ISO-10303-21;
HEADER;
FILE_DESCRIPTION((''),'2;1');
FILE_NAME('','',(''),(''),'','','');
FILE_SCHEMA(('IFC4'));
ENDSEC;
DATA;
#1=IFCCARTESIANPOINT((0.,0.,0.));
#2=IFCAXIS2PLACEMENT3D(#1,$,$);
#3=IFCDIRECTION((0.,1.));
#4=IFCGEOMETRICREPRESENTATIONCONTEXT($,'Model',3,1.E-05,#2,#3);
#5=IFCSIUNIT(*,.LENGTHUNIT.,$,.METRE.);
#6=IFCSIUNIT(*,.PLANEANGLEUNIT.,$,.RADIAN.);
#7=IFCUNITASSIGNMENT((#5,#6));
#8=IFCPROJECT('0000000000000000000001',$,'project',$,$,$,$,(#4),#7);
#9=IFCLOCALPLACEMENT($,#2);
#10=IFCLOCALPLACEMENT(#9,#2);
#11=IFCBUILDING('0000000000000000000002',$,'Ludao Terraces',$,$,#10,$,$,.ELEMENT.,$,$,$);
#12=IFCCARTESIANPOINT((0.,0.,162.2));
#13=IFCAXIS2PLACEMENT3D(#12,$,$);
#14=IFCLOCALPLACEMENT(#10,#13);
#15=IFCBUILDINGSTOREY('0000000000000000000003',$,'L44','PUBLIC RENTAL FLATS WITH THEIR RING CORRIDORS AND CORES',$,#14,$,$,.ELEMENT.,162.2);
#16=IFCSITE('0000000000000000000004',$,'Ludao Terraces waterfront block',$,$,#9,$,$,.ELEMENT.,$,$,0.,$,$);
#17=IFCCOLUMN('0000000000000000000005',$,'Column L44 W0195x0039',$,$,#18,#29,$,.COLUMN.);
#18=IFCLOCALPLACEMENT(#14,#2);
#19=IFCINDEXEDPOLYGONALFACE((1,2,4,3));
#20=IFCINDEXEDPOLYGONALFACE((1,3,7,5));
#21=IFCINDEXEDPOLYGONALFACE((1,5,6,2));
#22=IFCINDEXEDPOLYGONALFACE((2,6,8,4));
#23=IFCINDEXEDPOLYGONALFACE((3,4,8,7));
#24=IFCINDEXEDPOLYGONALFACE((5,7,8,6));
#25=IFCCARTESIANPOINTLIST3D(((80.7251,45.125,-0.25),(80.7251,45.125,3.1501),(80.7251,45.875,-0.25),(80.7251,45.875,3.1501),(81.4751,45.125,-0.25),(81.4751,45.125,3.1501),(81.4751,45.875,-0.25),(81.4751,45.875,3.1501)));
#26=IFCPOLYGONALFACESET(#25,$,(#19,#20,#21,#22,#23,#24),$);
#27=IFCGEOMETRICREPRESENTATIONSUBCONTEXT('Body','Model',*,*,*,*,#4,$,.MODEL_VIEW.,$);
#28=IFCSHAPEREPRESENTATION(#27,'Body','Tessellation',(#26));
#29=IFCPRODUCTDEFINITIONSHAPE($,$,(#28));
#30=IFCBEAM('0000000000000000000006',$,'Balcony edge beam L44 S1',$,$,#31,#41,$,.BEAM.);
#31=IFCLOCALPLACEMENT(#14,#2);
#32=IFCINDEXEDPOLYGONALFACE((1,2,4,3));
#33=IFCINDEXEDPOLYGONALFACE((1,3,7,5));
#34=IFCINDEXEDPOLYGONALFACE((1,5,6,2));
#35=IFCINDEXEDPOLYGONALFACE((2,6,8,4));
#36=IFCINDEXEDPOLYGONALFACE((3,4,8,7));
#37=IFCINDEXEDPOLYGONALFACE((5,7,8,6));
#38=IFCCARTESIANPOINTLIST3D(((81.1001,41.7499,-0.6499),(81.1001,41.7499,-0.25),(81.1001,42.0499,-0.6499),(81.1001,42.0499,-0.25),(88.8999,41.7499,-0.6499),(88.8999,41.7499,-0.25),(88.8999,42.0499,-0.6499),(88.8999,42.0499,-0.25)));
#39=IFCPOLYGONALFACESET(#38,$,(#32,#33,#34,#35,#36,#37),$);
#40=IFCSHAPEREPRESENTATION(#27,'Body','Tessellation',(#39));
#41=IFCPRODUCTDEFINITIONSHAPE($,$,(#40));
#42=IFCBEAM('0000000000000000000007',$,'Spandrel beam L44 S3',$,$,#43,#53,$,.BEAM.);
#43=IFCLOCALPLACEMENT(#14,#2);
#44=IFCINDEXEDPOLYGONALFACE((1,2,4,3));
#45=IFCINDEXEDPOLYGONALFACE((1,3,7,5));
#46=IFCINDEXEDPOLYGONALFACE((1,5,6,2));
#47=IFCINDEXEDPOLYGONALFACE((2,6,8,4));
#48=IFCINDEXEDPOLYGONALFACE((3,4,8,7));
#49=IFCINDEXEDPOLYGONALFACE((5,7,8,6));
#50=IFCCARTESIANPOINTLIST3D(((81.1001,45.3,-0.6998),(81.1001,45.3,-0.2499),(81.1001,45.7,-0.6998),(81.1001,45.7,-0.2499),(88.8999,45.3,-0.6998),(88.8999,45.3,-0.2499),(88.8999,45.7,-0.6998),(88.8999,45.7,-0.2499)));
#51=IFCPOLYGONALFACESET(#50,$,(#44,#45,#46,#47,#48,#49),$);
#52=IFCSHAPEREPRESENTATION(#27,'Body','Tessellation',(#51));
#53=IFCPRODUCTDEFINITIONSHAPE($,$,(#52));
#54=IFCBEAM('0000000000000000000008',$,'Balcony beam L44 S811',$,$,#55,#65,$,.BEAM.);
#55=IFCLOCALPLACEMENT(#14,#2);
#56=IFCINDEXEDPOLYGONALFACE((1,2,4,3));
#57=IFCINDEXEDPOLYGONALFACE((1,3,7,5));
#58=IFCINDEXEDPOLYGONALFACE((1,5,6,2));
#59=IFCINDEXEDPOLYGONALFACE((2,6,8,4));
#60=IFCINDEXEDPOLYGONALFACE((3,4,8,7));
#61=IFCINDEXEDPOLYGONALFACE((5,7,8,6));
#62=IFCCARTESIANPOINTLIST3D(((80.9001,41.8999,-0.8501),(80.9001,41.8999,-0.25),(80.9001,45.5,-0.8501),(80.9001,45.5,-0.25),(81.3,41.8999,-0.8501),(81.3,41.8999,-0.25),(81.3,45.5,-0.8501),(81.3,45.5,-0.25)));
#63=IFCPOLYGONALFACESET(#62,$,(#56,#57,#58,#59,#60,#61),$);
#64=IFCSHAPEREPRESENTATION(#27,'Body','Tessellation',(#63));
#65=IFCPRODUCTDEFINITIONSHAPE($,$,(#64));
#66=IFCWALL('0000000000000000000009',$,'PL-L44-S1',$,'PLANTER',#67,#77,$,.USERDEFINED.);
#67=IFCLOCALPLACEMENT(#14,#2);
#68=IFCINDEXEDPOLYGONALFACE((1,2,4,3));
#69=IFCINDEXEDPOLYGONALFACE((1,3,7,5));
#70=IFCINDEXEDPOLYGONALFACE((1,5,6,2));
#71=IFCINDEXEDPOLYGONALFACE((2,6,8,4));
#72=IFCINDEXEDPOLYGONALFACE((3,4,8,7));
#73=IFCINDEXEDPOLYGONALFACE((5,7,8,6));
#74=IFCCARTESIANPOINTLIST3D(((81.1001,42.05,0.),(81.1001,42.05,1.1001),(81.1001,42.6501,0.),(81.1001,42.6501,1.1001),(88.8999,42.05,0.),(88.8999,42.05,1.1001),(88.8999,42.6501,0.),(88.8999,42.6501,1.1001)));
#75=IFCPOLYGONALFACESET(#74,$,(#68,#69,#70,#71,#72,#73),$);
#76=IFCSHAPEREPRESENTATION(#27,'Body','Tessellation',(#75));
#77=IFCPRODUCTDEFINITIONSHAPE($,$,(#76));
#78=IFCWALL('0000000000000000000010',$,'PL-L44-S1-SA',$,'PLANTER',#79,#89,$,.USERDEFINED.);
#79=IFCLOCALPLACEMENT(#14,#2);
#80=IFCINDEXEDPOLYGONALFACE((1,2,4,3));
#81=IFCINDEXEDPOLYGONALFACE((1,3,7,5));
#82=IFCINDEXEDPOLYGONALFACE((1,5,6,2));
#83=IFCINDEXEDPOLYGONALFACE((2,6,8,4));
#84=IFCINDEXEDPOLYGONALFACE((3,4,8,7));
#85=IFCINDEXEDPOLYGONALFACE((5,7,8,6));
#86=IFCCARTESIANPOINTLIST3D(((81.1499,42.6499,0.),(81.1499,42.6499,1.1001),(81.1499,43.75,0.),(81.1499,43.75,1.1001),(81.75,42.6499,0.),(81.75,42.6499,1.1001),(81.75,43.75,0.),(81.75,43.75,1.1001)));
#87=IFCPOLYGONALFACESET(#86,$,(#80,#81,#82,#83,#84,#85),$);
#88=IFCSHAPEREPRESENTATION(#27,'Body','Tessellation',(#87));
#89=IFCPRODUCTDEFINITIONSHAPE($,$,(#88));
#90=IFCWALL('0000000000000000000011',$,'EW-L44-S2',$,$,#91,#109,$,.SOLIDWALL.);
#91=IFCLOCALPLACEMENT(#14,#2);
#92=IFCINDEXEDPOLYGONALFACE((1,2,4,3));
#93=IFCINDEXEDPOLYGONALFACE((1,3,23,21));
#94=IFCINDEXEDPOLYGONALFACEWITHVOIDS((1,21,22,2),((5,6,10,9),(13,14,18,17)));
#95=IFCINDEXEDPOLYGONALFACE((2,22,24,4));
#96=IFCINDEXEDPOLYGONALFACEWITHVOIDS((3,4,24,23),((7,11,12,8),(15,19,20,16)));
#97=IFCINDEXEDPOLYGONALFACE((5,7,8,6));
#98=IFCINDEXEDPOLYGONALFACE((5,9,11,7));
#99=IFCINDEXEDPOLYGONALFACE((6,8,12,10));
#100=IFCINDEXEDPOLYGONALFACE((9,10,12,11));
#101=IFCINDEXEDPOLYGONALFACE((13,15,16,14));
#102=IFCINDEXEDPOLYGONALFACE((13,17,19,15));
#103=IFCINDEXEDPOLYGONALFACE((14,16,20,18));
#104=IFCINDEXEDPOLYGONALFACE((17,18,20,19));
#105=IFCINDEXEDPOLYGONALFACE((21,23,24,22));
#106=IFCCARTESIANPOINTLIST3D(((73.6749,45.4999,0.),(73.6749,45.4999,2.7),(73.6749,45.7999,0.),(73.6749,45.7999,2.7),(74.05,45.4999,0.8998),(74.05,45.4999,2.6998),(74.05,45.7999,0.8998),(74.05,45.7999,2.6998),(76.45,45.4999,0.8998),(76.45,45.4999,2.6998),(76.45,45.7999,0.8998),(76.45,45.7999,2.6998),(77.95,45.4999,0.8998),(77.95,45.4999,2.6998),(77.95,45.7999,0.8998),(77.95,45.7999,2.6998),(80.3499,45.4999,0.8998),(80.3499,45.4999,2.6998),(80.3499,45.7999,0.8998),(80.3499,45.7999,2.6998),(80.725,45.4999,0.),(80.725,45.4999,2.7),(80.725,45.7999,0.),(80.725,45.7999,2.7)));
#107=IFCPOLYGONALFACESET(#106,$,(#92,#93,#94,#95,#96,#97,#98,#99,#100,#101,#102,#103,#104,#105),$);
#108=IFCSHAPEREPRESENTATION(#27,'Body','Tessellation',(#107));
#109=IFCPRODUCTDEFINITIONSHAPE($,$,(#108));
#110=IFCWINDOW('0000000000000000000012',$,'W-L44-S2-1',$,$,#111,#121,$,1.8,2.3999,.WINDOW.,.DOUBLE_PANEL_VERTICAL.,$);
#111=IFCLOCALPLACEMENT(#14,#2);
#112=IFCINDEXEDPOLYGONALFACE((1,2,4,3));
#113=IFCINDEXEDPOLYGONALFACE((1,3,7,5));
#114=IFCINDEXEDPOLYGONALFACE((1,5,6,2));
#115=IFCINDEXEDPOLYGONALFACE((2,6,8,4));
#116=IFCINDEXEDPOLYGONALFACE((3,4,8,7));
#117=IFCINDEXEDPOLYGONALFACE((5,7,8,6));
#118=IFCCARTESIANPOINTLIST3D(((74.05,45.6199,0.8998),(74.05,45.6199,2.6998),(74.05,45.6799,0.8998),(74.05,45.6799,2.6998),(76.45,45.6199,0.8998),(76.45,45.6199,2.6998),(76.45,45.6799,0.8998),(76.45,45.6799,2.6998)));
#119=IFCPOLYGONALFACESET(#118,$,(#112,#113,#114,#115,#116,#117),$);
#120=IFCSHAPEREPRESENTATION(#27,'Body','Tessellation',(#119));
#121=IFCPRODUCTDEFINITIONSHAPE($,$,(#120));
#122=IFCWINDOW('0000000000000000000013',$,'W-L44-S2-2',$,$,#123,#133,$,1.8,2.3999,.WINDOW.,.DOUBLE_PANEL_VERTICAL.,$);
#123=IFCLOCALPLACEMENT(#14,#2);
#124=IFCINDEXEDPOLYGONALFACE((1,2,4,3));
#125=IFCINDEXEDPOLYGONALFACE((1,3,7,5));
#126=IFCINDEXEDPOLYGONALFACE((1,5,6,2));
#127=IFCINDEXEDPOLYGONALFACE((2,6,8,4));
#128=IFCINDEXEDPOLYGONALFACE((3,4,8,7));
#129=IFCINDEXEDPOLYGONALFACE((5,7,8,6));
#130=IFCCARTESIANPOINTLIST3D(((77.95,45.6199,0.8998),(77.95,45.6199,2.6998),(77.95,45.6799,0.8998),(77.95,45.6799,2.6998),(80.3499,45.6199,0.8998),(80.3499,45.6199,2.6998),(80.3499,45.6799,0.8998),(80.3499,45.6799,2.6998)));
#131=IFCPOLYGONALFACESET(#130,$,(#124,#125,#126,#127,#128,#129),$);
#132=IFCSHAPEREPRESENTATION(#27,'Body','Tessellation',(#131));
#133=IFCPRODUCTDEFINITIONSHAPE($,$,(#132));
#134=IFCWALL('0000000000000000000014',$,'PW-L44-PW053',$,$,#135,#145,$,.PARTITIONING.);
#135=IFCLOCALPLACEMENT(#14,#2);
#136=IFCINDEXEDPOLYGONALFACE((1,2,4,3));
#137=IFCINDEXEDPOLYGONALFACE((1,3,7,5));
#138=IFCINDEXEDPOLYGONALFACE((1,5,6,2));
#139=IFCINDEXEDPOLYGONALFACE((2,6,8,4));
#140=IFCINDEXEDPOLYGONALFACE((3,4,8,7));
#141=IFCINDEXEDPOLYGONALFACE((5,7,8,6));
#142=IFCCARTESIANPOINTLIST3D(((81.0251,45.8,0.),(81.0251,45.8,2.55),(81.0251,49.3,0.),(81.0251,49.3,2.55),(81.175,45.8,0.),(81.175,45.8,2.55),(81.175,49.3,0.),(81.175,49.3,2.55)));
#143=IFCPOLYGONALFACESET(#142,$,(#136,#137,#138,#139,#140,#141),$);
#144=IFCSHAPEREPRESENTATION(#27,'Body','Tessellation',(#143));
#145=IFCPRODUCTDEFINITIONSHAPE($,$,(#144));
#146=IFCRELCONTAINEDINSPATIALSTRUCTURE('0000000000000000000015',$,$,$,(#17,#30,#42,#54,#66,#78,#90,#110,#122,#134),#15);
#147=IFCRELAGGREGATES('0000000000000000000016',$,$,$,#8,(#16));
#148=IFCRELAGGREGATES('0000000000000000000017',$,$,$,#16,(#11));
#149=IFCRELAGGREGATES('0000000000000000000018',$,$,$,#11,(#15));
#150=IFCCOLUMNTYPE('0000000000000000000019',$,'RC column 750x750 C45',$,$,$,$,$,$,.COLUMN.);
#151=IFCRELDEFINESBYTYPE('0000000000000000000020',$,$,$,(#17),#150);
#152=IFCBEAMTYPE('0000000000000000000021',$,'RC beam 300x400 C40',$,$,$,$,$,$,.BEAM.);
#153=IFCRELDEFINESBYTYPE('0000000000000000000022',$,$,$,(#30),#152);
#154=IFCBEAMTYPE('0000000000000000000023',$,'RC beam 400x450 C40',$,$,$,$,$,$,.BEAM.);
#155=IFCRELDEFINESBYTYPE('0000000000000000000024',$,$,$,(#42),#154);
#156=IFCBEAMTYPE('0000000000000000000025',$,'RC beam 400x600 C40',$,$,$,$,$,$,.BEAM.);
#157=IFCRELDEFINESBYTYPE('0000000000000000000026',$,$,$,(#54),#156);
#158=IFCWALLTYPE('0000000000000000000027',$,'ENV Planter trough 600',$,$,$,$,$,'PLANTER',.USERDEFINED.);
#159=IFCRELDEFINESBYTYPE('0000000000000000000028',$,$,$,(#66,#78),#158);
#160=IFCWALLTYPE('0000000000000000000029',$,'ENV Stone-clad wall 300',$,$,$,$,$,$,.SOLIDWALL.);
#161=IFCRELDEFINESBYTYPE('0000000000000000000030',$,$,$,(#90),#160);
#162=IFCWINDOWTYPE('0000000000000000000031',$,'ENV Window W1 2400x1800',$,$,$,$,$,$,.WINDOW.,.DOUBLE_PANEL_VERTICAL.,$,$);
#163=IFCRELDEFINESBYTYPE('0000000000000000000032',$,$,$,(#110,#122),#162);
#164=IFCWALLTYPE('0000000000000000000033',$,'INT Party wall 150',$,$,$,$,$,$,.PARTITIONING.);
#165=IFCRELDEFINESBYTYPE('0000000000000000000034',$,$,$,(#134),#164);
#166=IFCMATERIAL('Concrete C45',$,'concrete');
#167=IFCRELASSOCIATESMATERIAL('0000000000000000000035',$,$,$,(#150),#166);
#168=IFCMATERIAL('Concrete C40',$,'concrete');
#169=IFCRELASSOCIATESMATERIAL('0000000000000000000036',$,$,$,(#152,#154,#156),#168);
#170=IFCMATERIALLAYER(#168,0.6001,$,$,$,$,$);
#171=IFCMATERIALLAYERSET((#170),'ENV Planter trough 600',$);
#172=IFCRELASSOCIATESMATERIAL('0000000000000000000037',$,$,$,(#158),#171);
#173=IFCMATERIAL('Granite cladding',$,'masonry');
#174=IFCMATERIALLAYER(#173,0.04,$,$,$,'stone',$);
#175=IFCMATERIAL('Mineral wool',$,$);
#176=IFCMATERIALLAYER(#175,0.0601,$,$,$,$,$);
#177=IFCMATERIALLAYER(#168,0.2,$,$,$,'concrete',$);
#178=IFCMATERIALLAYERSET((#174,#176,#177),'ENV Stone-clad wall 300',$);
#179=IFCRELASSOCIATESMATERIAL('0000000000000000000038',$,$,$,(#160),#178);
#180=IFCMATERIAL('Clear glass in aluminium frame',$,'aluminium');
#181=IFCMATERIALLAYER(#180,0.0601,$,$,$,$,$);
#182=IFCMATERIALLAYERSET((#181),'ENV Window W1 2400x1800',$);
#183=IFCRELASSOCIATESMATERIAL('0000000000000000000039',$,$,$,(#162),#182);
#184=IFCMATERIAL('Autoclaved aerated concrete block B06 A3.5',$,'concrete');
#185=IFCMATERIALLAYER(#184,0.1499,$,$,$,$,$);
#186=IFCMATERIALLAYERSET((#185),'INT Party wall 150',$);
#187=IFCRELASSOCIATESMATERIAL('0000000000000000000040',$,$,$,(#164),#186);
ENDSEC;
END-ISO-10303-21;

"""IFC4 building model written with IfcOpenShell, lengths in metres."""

from ifc_helpers import new_model, si_unit, direction, frame, frame_2d, origin, origin_2d, place, context, subcontext, project, spatial, rectangle, extrude, material, layer, layer_set, material_profile, profile_set, type_object, element, fill, save


model = new_model("IFC4")

# Units and contexts
model_context = context("Model", 3, precision=1e-05, world=origin(), true_north=direction((0.0, 1.0)))
body_context = subcontext(model_context, "Body", "Model", "MODEL_VIEW")
ifc_project = project(units=[si_unit("LENGTHUNIT", "METRE"), si_unit("PLANEANGLEUNIT", "RADIAN")], contexts=[model_context])

# Site, building, storey
site_placement = place(None, origin())
site = spatial("IfcSite", under=ifc_project, at=site_placement, Name="Ludao Terraces waterfront block", CompositionType="ELEMENT", RefElevation=0.0)
building_placement = place(site_placement, origin())
building = spatial("IfcBuilding", under=site, at=building_placement, Name="Ludao Terraces", CompositionType="ELEMENT")
storey_placement = place(building_placement, frame((0.0, 0.0, 162.2)))
storey = spatial("IfcBuildingStorey", under=building, at=storey_placement, Name="L44", Description="PUBLIC RENTAL FLATS WITH THEIR RING CORRIDORS AND CORES", CompositionType="ELEMENT", Elevation=162.2)

# Column
ifc_material_1 = material(Name="Concrete C45", Category="concrete")
ifc_material_profile_1 = material_profile(ifc_material_1, rectangle(XDim=0.75, YDim=0.75, at=origin_2d()), Name="750 X 750")
ifc_profile_set_1 = profile_set([ifc_material_profile_1], Name="Concrete C45")
column_type = type_object("IfcColumnType", Name="RC column 750x750 C45", PredefinedType="COLUMN", material=ifc_profile_set_1)
column_placement = place(storey_placement, frame((81.1001, 45.5, -0.25), z_axis=(0.0, 0.0, 1.0), x_axis=(1.0, 0.0, 0.0)))
element("IfcColumn", 1, at=column_placement, inside=storey, type_object=column_type, Name="Column L44 W0195x0039", PredefinedType="COLUMN", context=body_context, shape_type="SweptSolid", body=[
    extrude(rectangle(XDim=0.75, YDim=0.75, at=origin_2d()), origin(), (0.0, 0.0, 1.0), 3.4001),
])

# Beams
ifc_material_2 = material(Name="Concrete C40", Category="concrete")
ifc_material_profile_2 = material_profile(ifc_material_2, rectangle(XDim=0.3, YDim=0.3999, at=origin_2d()), Name="300 X 400")
ifc_profile_set_2 = profile_set([ifc_material_profile_2], Name="Concrete C40")
beam_type_1 = type_object("IfcBeamType", Name="RC beam 300x400 C40", PredefinedType="BEAM", material=ifc_profile_set_2)
beam_1_placement = place(storey_placement, frame((81.1001, 41.8999, -0.45), z_axis=(1.0, 0.0, 0.0), x_axis=(0.0, 1.0, 0.0)))
element("IfcBeam", 2, at=beam_1_placement, inside=storey, type_object=beam_type_1, Name="Balcony edge beam L44 S1", PredefinedType="BEAM", context=body_context, shape_type="SweptSolid", body=[
    extrude(rectangle(XDim=0.3, YDim=0.3999, at=origin_2d()), origin(), (0.0, 0.0, 1.0), 7.7998),
])
ifc_material_profile_3 = material_profile(ifc_material_2, rectangle(XDim=0.3999, YDim=0.45, at=origin_2d()), Name="400 X 450")
ifc_profile_set_3 = profile_set([ifc_material_profile_3], Name="Concrete C40")
beam_type_2 = type_object("IfcBeamType", Name="RC beam 400x450 C40", PredefinedType="BEAM", material=ifc_profile_set_3)
beam_2_placement = place(storey_placement, frame((81.1001, 45.5, -0.4749), z_axis=(1.0, 0.0, 0.0), x_axis=(0.0, 1.0, 0.0)))
element("IfcBeam", 3, at=beam_2_placement, inside=storey, type_object=beam_type_2, Name="Spandrel beam L44 S3", PredefinedType="BEAM", context=body_context, shape_type="SweptSolid", body=[
    extrude(rectangle(XDim=0.3999, YDim=0.45, at=origin_2d()), origin(), (0.0, 0.0, 1.0), 7.7998),
])
ifc_material_profile_4 = material_profile(ifc_material_2, rectangle(XDim=0.3999, YDim=0.6001, at=origin_2d()), Name="400 X 600")
ifc_profile_set_4 = profile_set([ifc_material_profile_4], Name="Concrete C40")
beam_type_3 = type_object("IfcBeamType", Name="RC beam 400x600 C40", PredefinedType="BEAM", material=ifc_profile_set_4)
beam_3_placement = place(storey_placement, frame((81.1001, 45.5, -0.55), z_axis=(0.0, -1.0, 0.0), x_axis=(1.0, 0.0, 0.0)))
element("IfcBeam", 4, at=beam_3_placement, inside=storey, type_object=beam_type_3, Name="Balcony beam L44 S811", PredefinedType="BEAM", context=body_context, shape_type="SweptSolid", body=[
    extrude(rectangle(XDim=0.3999, YDim=0.6001, at=origin_2d()), origin(), (0.0, 0.0, 1.0), 3.6001),
])

# Walls
ifc_layer_1 = layer(ifc_material_2, 0.6001)
ifc_layer_set_1 = layer_set([ifc_layer_1], Name="ENV Planter trough 600")
wall_type_1 = type_object("IfcWallType", Name="ENV Planter trough 600", ElementType="PLANTER", PredefinedType="USERDEFINED", material=ifc_layer_set_1)
wall_1_placement = place(storey_placement, frame((81.1001, 42.3501, 0.0), z_axis=(0.0, 0.0, 1.0), x_axis=(1.0, 0.0, 0.0)))
element("IfcWall", 5, at=wall_1_placement, inside=storey, type_object=wall_type_1, Name="PL-L44-S1", ObjectType="PLANTER", PredefinedType="USERDEFINED", context=body_context, shape_type="SweptSolid", body=[
    extrude(rectangle(XDim=7.7998, YDim=0.6001, at=frame_2d((3.8999, 0.0))), origin(), (0.0, 0.0, 1.0), 1.1001),
])
wall_2_placement = place(storey_placement, frame((81.45, 42.6499, 0.0), z_axis=(0.0, 0.0, 1.0), x_axis=(0.0, 1.0, 0.0)))
element("IfcWall", 6, at=wall_2_placement, inside=storey, type_object=wall_type_1, Name="PL-L44-S1-SA", ObjectType="PLANTER", PredefinedType="USERDEFINED", context=body_context, shape_type="SweptSolid", body=[
    extrude(rectangle(XDim=1.1001, YDim=0.6001, at=frame_2d((0.55, 0.0))), origin(), (0.0, 0.0, 1.0), 1.1001),
])

# Wall, openings, windows
ifc_material_3 = material(Name="Granite cladding", Category="masonry")
ifc_layer_2 = layer(ifc_material_3, 0.04, Category="stone")
ifc_material_4 = material(Name="Mineral wool")
ifc_layer_3 = layer(ifc_material_4, 0.0601)
ifc_layer_4 = layer(ifc_material_2, 0.2, Category="concrete")
ifc_layer_set_2 = layer_set([ifc_layer_2, ifc_layer_3, ifc_layer_4], Name="ENV Stone-clad wall 300")
wall_type_2 = type_object("IfcWallType", Name="ENV Stone-clad wall 300", PredefinedType="SOLIDWALL", material=ifc_layer_set_2)
wall_3_placement = place(storey_placement, frame((73.675, 45.6499, 0.0), z_axis=(0.0, 0.0, 1.0), x_axis=(1.0, 0.0, 0.0)))
wall_3 = element("IfcWall", 7, at=wall_3_placement, inside=storey, type_object=wall_type_2, Name="EW-L44-S2", PredefinedType="SOLIDWALL", context=body_context, shape_type="SweptSolid", body=[
    extrude(rectangle(XDim=7.05, YDim=0.3, at=frame_2d((3.5249, 0.0))), origin(), (0.0, 0.0, 1.0), 2.7),
])
opening_1_placement = place(wall_3_placement, frame((0.375, 0.0, 0.8999)))
opening_1 = element("IfcOpeningElement", 8, at=opening_1_placement, cuts=wall_3, PredefinedType="OPENING", context=body_context, shape_type="SweptSolid", body=[
    extrude(rectangle(XDim=2.3999, YDim=1.8, at=frame_2d((1.2, 0.8999))), frame((0.0, 0.1602, 0.0), z_axis=(0.0, -1.0, 0.0), x_axis=(1.0, 0.0, 0.0)), (0.0, 0.0, 1.0), 0.3201),
])
opening_2_placement = place(wall_3_placement, frame((4.2749, 0.0, 0.8999)))
opening_2 = element("IfcOpeningElement", 9, at=opening_2_placement, cuts=wall_3, PredefinedType="OPENING", context=body_context, shape_type="SweptSolid", body=[
    extrude(rectangle(XDim=2.3999, YDim=1.8, at=frame_2d((1.2, 0.8999))), frame((0.0, 0.1602, 0.0), z_axis=(0.0, -1.0, 0.0), x_axis=(1.0, 0.0, 0.0)), (0.0, 0.0, 1.0), 0.3201),
])
ifc_material_5 = material(Name="Clear glass in aluminium frame", Category="aluminium")
ifc_layer_5 = layer(ifc_material_5, 0.0601)
ifc_layer_set_3 = layer_set([ifc_layer_5], Name="ENV Window W1 2400x1800")
window_type = type_object("IfcWindowType", Name="ENV Window W1 2400x1800", PartitioningType="DOUBLE_PANEL_VERTICAL", PredefinedType="WINDOW", material=ifc_layer_set_3)
window_1_placement = place(opening_1_placement, origin())
window_1 = element("IfcWindow", 10, at=window_1_placement, inside=storey, type_object=window_type, Name="W-L44-S2-1", OverallHeight=1.8, OverallWidth=2.3999, PartitioningType="DOUBLE_PANEL_VERTICAL", PredefinedType="WINDOW", context=body_context, shape_type="SweptSolid", body=[
    extrude(rectangle(XDim=2.3999, YDim=1.8, at=frame_2d((1.2, 0.8999))), frame((0.0, 0.03, 0.0), z_axis=(0.0, -1.0, 0.0), x_axis=(1.0, 0.0, 0.0)), (0.0, 0.0, 1.0), 0.0601),
])
fill(opening_1, window_1)
window_2_placement = place(opening_2_placement, origin())
window_2 = element("IfcWindow", 11, at=window_2_placement, inside=storey, type_object=window_type, Name="W-L44-S2-2", OverallHeight=1.8, OverallWidth=2.3999, PartitioningType="DOUBLE_PANEL_VERTICAL", PredefinedType="WINDOW", context=body_context, shape_type="SweptSolid", body=[
    extrude(rectangle(XDim=2.3999, YDim=1.8, at=frame_2d((1.2, 0.8999))), frame((0.0, 0.03, 0.0), z_axis=(0.0, -1.0, 0.0), x_axis=(1.0, 0.0, 0.0)), (0.0, 0.0, 1.0), 0.0601),
])
fill(opening_2, window_2)

# Wall
ifc_material_6 = material(Name="Autoclaved aerated concrete block B06 A3.5", Category="concrete")
ifc_layer_6 = layer(ifc_material_6, 0.1499)
ifc_layer_set_4 = layer_set([ifc_layer_6], Name="INT Party wall 150")
wall_type_3 = type_object("IfcWallType", Name="INT Party wall 150", PredefinedType="PARTITIONING", material=ifc_layer_set_4)
wall_4_placement = place(storey_placement, frame((81.1001, 45.8, 0.0), z_axis=(0.0, 0.0, 1.0), x_axis=(0.0, 1.0, 0.0)))
element("IfcWall", 12, at=wall_4_placement, inside=storey, type_object=wall_type_3, Name="PW-L44-PW053", PredefinedType="PARTITIONING", context=body_context, shape_type="SweptSolid", body=[
    extrude(rectangle(XDim=3.5, YDim=0.1499, at=frame_2d((1.75, 0.0))), origin(), (0.0, 0.0, 1.0), 2.55),
])

save(model, "model.ifc")
